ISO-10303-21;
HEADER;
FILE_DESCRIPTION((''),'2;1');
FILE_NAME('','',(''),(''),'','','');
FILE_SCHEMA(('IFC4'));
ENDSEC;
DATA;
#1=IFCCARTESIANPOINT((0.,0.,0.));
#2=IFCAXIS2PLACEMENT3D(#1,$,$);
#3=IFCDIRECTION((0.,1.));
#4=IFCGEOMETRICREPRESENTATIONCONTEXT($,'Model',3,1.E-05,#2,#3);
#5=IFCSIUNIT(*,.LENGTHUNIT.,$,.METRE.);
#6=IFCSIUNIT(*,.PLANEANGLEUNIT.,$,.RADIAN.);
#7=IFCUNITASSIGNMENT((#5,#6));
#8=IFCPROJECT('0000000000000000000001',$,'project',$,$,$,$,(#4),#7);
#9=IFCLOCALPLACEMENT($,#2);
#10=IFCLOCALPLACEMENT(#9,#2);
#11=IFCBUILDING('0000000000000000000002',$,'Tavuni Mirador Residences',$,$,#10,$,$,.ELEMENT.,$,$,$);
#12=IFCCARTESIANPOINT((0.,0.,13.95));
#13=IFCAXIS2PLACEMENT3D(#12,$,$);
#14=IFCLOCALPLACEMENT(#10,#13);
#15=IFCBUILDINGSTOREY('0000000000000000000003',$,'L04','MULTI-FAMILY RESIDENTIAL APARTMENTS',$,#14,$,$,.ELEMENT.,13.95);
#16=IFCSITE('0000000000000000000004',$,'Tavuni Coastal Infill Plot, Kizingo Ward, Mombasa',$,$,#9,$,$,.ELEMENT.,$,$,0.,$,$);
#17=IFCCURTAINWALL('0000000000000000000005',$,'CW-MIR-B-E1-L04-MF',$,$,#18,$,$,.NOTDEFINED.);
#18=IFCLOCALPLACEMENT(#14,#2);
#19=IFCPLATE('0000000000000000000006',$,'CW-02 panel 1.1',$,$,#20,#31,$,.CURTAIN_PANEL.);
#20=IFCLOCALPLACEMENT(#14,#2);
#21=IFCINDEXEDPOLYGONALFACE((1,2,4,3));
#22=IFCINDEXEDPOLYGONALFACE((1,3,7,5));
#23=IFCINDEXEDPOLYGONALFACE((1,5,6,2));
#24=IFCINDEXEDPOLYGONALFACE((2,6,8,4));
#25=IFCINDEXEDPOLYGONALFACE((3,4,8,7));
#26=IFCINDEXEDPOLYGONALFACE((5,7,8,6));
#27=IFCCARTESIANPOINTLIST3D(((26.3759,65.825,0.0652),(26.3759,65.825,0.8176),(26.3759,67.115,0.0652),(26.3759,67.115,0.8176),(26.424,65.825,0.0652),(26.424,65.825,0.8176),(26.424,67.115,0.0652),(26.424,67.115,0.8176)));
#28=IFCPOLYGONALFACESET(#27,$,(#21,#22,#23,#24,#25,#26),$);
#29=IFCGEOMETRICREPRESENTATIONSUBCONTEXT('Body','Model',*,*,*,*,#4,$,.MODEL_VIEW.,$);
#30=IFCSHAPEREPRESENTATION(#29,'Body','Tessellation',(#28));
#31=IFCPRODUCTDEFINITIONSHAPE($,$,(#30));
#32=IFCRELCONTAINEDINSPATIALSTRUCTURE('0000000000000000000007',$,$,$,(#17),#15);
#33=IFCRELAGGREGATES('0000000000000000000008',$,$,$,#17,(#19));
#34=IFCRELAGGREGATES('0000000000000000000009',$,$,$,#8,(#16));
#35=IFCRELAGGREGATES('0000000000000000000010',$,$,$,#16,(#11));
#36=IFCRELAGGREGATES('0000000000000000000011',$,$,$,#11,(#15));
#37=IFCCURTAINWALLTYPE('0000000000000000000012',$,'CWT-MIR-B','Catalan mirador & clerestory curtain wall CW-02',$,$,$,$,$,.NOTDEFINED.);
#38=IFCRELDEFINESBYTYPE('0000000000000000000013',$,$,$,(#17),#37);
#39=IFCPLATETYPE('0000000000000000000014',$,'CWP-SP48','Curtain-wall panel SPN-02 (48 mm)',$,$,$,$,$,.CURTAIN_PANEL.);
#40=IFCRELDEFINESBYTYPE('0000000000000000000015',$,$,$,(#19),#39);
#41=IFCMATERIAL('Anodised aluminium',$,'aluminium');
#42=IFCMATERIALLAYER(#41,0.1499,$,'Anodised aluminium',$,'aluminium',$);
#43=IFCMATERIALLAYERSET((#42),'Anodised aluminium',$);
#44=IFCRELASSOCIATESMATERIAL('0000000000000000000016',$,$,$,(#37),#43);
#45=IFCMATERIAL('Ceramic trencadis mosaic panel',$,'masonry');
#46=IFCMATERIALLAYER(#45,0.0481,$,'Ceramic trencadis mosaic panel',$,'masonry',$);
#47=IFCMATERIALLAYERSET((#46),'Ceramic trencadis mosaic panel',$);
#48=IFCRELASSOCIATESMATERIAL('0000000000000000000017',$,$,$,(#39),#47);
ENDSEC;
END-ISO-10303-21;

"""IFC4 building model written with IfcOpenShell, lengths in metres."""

from ifc_helpers import new_model, si_unit, direction, frame, origin, origin_2d, place, context, subcontext, project, spatial, rectangle, extrude, material, layer, layer_set, type_object, element, aggregate, save


model = new_model("IFC4")

# Units and contexts
model_context = context("Model", 3, precision=1e-05, world=origin(), true_north=direction((0.0, 1.0)))
body_context = subcontext(model_context, "Body", "Model", "MODEL_VIEW")
ifc_project = project(units=[si_unit("LENGTHUNIT", "METRE"), si_unit("PLANEANGLEUNIT", "RADIAN")], contexts=[model_context])

# Site, building, storey
site_placement = place(None, origin())
site = spatial("IfcSite", under=ifc_project, at=site_placement, Name="Tavuni Coastal Infill Plot, Kizingo Ward, Mombasa", CompositionType="ELEMENT", RefElevation=0.0)
building_placement = place(site_placement, origin())
building = spatial("IfcBuilding", under=site, at=building_placement, Name="Tavuni Mirador Residences", CompositionType="ELEMENT")
storey_placement = place(building_placement, frame((0.0, 0.0, 13.95)))
storey = spatial("IfcBuildingStorey", under=building, at=storey_placement, Name="L04", Description="MULTI-FAMILY RESIDENTIAL APARTMENTS", CompositionType="ELEMENT", Elevation=13.95)

# Shared definitions
ifc_material_1 = material(Name="Anodised aluminium", Category="aluminium")

# Curtain wall
ifc_layer_1 = layer(ifc_material_1, 0.1499, Name="Anodised aluminium", Category="aluminium")
ifc_layer_set_1 = layer_set([ifc_layer_1], Name="Anodised aluminium")
curtain_wall_type_1 = type_object("IfcCurtainWallType", Name="CWT-MIR-B", Description="Catalan mirador & clerestory curtain wall CW-02", PredefinedType="NOTDEFINED", material=ifc_layer_set_1)
curtain_wall_1_placement = place(storey_placement, origin())
curtain_wall_1 = element("IfcCurtainWall", 1, at=curtain_wall_1_placement, inside=storey, type_object=curtain_wall_type_1, Name="CW-MIR-B-E1-L04-MF", PredefinedType="NOTDEFINED")

# Plate
ifc_material_2 = material(Name="Ceramic trencadis mosaic panel", Category="masonry")
ifc_layer_2 = layer(ifc_material_2, 0.0481, Name="Ceramic trencadis mosaic panel", Category="masonry")
ifc_layer_set_2 = layer_set([ifc_layer_2], Name="Ceramic trencadis mosaic panel")
plate_type_1 = type_object("IfcPlateType", Name="CWP-SP48", Description="Curtain-wall panel SPN-02 (48 mm)", PredefinedType="CURTAIN_PANEL", material=ifc_layer_set_2)
plate_1_placement = place(storey_placement, frame((26.3999, 66.47, 0.0652), z_axis=(0.0, 0.0, 1.0), x_axis=(0.0, 1.0, 0.0)))
plate_1 = element("IfcPlate", 2, at=plate_1_placement, type_object=plate_type_1, Name="CW-02 panel 1.1", PredefinedType="CURTAIN_PANEL", context=body_context, shape_type="SweptSolid", body=[
    extrude(rectangle(XDim=1.29, YDim=0.0481, at=origin_2d()), origin(), (0.0, 0.0, 1.0), 0.7524),
])
aggregate(curtain_wall_1, [plate_1])

save(model, "model.ifc")
